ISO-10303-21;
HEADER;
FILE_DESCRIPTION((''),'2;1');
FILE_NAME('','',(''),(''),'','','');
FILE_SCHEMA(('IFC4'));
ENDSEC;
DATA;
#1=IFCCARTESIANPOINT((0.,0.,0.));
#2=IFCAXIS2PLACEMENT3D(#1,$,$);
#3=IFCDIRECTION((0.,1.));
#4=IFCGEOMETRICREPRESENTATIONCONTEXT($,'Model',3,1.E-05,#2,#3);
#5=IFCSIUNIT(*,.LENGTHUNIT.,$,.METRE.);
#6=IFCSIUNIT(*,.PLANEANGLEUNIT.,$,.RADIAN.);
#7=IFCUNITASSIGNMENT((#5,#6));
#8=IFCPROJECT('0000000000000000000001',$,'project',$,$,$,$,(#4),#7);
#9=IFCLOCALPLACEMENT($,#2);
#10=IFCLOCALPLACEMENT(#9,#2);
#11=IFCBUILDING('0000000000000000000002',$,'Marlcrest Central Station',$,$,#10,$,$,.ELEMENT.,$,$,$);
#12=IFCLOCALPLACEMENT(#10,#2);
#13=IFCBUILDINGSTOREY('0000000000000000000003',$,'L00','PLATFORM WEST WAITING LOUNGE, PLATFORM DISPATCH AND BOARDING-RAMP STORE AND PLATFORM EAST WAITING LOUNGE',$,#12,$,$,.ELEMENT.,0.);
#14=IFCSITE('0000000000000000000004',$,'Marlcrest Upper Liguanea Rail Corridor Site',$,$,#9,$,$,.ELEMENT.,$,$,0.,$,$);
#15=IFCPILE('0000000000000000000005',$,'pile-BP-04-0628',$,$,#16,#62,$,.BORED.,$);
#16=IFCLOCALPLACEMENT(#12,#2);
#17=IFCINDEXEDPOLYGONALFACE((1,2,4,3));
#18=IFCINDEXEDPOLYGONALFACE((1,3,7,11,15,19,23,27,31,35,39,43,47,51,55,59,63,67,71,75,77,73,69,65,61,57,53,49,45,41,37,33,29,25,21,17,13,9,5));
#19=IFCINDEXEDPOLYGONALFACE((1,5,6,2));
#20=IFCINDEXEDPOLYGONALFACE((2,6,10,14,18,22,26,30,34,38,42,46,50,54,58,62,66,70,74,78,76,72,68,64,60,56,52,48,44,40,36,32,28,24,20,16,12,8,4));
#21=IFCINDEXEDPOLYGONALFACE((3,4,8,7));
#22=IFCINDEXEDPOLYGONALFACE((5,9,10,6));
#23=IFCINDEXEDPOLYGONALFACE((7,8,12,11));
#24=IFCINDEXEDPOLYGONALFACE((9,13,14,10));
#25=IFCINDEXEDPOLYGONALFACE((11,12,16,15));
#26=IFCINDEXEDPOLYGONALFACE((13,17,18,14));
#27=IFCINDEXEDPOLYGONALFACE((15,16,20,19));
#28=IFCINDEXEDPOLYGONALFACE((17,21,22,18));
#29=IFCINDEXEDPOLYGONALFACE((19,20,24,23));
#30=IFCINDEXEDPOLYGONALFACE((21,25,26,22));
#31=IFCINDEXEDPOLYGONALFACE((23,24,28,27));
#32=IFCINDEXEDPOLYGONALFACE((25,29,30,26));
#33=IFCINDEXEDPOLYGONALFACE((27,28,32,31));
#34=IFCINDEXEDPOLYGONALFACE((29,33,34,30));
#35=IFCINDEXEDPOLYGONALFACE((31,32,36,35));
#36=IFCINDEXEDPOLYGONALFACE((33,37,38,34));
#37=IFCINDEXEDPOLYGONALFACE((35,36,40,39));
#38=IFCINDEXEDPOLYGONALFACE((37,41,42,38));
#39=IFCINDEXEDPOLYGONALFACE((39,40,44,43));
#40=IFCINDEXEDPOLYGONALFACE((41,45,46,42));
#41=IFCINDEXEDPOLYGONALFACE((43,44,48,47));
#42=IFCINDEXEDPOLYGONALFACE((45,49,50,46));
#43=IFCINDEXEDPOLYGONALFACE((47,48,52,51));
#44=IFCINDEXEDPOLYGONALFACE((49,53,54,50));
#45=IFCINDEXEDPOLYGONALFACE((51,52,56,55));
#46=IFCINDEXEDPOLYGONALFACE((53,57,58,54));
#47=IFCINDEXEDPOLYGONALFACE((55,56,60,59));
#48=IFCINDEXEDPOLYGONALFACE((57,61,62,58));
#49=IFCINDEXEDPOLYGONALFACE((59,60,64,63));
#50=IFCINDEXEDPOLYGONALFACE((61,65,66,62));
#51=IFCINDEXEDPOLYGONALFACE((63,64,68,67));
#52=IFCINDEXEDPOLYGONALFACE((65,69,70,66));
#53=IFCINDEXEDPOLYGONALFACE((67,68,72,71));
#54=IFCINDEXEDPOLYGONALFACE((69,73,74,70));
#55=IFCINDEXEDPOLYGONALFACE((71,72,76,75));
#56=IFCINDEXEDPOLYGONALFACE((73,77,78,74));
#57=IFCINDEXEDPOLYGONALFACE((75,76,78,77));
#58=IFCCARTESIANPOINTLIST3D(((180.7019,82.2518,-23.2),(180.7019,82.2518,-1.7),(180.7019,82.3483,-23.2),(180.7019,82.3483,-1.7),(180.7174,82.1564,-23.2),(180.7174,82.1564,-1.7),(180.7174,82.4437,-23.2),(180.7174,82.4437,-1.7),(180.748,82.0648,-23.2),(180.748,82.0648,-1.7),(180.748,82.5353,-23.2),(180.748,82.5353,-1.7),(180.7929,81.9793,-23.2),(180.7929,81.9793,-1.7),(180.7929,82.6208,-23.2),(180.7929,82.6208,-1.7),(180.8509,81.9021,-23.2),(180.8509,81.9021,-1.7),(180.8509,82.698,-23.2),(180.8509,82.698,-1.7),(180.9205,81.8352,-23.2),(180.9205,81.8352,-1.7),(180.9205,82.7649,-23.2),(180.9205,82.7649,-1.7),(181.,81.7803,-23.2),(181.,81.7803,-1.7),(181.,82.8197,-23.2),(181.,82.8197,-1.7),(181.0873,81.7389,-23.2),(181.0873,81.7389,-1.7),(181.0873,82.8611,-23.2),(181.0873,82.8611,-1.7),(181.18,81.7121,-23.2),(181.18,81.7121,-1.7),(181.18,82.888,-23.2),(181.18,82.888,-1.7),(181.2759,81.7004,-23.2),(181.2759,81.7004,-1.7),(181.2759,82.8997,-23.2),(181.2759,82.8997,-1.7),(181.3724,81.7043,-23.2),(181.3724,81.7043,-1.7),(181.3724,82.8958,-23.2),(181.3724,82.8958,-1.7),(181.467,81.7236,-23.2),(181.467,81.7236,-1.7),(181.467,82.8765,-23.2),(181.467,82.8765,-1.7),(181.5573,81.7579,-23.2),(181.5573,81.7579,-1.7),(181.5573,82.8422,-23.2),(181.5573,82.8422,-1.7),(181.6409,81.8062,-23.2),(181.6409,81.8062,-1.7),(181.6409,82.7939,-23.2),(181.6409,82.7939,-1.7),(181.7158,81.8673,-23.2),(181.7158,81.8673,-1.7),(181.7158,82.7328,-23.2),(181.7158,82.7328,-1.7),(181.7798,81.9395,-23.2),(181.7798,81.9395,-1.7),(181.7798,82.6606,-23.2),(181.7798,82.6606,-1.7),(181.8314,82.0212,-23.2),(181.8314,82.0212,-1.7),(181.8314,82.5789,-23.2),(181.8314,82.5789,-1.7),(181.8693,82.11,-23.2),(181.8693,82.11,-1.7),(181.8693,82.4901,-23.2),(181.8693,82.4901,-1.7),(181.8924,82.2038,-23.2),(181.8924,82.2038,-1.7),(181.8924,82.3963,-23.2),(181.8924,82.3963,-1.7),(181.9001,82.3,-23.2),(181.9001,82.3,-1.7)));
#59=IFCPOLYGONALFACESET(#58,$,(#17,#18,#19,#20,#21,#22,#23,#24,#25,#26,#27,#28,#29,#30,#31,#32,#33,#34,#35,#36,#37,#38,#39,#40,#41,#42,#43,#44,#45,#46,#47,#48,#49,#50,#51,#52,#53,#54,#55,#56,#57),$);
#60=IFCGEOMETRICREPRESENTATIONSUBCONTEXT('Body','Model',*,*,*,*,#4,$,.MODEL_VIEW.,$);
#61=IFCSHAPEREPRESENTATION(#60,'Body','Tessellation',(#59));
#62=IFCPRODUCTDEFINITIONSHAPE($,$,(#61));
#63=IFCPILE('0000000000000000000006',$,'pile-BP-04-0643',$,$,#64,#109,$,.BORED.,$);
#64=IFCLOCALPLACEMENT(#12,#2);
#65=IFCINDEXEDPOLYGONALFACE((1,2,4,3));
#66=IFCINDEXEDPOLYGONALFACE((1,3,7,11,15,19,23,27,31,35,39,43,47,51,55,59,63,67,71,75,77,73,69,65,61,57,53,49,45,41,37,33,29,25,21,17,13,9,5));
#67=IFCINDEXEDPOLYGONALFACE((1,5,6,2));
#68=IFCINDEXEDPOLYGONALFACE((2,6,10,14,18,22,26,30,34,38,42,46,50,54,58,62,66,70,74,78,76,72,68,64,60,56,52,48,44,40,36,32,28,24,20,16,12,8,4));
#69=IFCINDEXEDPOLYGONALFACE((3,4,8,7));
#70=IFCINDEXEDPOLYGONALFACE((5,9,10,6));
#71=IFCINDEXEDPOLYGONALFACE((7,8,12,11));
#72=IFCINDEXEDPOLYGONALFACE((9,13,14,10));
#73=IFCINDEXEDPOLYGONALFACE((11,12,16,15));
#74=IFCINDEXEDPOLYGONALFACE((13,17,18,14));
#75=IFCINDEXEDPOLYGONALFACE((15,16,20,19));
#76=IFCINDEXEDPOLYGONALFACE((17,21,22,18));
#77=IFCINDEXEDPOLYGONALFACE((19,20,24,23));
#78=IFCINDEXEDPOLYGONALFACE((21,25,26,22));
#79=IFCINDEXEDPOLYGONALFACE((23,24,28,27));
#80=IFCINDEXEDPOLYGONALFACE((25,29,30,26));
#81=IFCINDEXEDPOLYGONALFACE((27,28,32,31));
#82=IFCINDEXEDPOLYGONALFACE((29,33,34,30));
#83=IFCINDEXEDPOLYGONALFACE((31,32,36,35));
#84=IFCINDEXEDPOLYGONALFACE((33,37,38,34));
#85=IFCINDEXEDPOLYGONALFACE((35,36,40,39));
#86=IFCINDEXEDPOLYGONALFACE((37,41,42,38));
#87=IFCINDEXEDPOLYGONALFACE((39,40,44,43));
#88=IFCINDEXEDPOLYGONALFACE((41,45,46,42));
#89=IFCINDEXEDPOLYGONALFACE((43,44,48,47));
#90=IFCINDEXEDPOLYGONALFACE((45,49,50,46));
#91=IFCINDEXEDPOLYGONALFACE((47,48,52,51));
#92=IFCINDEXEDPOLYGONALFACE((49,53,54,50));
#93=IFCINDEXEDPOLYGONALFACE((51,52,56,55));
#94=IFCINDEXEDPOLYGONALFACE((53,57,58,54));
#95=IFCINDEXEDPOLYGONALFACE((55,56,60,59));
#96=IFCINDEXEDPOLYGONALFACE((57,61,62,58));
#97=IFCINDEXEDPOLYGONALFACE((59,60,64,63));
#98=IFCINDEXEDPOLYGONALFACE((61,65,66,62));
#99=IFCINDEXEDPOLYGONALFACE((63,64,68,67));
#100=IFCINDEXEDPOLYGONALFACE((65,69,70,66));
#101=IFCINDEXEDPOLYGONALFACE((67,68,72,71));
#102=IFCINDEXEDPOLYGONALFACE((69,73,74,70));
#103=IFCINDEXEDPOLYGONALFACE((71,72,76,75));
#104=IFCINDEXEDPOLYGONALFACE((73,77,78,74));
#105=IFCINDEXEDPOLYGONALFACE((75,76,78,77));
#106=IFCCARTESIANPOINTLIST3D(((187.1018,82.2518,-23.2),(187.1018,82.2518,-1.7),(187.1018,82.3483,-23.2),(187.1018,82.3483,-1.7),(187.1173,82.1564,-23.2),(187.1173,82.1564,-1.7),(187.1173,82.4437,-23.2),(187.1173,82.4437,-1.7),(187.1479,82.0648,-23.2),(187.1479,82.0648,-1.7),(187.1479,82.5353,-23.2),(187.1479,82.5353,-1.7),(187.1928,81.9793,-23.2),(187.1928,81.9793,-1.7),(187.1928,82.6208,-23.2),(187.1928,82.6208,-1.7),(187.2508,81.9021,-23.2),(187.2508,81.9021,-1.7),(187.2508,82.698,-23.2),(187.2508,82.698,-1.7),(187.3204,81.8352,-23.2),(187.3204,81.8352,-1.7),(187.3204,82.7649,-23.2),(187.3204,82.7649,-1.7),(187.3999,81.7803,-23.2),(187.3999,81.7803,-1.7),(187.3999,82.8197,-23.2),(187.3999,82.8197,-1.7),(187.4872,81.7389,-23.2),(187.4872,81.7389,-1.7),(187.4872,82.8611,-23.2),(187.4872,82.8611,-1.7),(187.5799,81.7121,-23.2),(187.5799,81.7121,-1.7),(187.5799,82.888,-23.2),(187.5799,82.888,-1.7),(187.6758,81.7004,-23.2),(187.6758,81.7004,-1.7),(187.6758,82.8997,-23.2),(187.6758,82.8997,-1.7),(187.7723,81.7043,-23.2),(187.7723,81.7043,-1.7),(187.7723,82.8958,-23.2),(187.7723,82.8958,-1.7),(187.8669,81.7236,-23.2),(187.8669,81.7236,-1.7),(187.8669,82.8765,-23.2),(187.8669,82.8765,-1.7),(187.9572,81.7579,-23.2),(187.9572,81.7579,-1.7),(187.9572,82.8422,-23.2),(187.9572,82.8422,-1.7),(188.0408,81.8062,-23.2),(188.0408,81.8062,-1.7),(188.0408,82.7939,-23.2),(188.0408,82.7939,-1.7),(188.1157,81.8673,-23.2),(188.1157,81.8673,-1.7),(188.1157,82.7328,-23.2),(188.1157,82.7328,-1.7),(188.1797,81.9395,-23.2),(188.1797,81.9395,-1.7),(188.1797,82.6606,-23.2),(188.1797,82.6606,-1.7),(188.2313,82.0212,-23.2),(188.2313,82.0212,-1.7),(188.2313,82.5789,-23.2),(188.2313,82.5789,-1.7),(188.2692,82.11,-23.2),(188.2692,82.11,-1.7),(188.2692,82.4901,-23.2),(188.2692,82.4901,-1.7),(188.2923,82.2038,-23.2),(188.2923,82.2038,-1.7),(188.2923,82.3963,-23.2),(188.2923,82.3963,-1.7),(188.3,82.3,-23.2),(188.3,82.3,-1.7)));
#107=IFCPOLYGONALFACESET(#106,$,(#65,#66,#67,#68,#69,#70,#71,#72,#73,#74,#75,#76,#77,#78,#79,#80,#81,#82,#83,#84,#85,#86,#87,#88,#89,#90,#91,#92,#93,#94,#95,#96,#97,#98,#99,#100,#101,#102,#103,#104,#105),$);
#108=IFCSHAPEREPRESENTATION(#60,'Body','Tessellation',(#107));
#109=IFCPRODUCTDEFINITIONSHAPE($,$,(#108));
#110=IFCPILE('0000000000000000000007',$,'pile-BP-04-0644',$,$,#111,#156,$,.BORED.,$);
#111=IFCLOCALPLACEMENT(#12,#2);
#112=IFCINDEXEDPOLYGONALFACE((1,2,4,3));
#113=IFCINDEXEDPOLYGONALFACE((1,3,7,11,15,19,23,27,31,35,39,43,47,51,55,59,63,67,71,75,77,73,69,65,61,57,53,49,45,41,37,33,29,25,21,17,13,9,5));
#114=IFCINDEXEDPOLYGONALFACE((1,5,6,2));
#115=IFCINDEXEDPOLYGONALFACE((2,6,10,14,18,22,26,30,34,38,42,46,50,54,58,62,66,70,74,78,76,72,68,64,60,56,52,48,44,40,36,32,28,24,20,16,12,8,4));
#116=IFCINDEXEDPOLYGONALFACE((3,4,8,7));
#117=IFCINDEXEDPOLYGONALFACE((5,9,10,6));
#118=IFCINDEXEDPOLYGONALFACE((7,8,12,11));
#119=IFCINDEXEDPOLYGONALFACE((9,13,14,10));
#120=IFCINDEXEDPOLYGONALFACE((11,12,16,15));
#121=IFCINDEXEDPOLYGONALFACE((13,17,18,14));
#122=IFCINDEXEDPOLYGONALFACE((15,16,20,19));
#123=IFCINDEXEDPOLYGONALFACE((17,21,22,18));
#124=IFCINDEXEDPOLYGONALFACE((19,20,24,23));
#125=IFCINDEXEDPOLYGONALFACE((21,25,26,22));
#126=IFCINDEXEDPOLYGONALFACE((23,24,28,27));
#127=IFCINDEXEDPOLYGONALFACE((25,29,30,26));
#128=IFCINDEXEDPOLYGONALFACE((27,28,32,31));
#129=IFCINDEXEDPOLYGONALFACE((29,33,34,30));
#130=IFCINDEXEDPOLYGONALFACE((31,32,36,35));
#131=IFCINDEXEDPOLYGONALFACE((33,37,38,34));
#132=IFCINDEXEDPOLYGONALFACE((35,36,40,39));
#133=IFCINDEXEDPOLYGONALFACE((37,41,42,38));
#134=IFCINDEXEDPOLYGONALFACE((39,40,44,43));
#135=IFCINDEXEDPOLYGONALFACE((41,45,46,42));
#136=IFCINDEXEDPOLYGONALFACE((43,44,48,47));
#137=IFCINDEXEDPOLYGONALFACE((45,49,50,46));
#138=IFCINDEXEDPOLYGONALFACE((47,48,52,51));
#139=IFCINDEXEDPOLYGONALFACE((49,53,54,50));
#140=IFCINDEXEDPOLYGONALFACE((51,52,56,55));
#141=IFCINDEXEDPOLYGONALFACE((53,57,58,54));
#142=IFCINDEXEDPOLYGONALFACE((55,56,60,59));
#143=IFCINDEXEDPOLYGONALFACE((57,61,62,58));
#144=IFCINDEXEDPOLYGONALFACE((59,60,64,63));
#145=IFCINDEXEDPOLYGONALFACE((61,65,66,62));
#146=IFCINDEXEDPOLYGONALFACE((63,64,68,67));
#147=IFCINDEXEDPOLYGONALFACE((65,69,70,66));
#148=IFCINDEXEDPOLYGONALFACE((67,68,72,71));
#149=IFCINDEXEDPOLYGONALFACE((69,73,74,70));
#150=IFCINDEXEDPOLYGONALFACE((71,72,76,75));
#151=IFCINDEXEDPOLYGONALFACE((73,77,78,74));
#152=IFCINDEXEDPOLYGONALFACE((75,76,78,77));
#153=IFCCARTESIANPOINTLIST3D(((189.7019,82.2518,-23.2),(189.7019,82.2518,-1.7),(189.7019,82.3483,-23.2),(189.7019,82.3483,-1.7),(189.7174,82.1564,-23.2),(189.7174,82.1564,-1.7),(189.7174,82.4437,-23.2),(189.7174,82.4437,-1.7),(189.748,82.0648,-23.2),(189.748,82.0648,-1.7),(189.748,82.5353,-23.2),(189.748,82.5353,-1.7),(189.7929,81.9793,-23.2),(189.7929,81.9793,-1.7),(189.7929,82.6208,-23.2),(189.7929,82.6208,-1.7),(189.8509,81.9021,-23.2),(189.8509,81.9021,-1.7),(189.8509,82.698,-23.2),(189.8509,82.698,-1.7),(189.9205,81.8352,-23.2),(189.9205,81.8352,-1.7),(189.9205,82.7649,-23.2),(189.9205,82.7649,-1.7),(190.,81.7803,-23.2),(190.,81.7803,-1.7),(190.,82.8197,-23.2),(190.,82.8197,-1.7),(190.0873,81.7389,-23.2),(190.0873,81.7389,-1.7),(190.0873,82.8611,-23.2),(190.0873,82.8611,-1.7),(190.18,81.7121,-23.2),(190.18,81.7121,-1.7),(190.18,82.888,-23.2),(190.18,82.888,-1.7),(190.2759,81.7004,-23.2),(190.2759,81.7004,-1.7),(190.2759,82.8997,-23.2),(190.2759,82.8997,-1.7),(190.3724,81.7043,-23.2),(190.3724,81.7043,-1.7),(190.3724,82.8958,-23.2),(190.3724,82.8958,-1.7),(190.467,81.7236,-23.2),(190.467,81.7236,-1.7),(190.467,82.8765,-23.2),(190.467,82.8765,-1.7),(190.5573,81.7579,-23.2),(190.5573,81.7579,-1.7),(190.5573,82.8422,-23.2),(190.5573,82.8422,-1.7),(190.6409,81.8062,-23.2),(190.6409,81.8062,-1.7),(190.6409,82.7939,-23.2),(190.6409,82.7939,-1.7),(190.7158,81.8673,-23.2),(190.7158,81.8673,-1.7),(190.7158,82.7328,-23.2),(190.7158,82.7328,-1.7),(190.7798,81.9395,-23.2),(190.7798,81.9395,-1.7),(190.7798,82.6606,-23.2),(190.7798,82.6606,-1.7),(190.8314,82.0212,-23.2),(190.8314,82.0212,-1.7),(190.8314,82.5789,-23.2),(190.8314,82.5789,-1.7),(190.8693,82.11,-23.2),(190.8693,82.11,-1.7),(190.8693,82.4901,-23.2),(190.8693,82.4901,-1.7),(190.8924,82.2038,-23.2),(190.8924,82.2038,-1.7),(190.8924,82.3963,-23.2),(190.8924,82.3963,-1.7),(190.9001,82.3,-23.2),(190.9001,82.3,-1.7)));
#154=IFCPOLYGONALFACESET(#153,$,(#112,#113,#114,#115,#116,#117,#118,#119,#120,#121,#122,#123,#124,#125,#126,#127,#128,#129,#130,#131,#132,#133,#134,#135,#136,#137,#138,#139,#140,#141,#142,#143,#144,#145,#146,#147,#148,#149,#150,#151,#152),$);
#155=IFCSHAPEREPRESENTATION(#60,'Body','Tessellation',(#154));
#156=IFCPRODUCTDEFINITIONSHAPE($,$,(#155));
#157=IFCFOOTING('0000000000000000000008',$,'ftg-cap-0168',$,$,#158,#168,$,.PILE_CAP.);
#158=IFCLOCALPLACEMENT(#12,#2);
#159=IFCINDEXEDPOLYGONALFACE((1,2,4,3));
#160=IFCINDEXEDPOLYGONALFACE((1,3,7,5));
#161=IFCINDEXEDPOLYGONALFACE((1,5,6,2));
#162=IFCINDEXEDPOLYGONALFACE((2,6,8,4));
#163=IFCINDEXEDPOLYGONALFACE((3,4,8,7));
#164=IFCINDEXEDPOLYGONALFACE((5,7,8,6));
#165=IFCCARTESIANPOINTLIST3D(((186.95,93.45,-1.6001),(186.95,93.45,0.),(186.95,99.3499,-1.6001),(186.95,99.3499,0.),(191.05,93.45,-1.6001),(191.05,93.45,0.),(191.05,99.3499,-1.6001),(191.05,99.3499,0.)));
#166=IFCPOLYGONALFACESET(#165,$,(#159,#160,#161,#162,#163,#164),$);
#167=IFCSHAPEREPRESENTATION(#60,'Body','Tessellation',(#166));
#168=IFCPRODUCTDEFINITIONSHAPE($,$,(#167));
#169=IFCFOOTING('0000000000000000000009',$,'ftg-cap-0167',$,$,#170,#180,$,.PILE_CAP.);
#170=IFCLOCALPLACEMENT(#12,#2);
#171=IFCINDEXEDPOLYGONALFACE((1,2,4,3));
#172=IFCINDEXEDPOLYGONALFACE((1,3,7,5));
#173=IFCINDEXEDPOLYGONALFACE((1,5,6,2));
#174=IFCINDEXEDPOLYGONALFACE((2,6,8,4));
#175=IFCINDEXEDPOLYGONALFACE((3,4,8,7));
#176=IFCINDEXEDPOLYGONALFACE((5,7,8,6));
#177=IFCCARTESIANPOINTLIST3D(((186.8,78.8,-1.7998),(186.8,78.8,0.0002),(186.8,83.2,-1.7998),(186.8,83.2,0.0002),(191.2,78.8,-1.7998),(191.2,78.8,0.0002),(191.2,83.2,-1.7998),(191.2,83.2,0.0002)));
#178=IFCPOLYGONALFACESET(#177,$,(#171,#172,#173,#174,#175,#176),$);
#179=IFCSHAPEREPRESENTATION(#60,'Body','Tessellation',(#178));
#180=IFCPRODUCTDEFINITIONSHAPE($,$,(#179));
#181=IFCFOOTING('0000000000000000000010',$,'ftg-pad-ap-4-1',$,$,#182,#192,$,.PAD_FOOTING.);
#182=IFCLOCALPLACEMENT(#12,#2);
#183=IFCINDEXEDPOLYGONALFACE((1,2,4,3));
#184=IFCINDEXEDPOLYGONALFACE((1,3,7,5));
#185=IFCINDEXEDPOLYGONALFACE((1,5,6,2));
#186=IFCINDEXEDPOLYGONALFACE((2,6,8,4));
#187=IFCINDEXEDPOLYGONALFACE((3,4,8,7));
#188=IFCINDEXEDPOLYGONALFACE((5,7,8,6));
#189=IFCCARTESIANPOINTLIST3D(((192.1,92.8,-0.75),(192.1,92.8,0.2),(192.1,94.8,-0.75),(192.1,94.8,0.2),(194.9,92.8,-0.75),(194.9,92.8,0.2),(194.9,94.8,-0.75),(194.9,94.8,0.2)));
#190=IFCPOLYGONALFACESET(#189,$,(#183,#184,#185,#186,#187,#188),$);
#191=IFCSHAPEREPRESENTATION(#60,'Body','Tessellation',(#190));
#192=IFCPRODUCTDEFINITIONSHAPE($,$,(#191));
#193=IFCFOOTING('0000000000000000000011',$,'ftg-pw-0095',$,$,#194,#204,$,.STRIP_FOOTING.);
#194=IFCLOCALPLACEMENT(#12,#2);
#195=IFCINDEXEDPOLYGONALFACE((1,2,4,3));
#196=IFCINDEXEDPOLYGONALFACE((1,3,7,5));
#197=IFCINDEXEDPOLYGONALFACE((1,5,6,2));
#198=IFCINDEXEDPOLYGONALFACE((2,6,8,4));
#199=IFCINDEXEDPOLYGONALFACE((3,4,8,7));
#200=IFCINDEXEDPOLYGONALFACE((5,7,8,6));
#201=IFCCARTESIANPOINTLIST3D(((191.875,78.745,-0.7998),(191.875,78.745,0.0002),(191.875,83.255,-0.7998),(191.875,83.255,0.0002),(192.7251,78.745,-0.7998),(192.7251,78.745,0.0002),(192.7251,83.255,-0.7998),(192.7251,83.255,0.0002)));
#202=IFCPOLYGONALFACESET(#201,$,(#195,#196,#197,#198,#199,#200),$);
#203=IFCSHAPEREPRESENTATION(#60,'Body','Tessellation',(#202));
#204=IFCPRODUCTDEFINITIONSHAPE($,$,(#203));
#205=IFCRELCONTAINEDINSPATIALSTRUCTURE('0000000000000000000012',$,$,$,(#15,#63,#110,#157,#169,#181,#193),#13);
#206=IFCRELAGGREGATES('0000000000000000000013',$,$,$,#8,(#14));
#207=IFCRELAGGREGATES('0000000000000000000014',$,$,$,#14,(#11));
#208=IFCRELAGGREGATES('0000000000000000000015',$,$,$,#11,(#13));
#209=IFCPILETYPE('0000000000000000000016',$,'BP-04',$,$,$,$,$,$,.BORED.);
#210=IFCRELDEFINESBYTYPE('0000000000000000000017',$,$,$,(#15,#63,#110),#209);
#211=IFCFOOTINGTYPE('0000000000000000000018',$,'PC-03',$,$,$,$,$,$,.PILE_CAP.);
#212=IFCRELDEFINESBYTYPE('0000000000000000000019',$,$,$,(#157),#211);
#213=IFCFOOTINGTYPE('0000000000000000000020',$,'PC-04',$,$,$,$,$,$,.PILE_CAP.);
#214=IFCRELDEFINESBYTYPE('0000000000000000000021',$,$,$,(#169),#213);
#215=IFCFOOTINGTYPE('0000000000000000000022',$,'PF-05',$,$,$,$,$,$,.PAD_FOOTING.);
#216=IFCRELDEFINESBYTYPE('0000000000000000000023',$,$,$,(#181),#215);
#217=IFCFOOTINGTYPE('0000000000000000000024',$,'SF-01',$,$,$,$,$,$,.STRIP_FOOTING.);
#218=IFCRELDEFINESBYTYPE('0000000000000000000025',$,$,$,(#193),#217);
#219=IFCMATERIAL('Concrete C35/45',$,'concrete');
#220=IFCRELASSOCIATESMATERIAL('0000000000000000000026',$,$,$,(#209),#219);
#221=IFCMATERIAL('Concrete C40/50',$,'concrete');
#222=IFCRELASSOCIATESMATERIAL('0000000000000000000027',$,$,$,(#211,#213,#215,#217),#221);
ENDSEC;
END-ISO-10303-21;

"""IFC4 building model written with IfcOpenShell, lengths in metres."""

from ifc_helpers import new_model, si_unit, direction, frame, origin, origin_2d, place, context, subcontext, project, spatial, rectangle, circle, extrude, material, material_profile, profile_set, type_object, element, save


model = new_model("IFC4")

# Units and contexts
model_context = context("Model", 3, precision=1e-05, world=origin(), true_north=direction((0.0, 1.0)))
body_context = subcontext(model_context, "Body", "Model", "MODEL_VIEW")
ifc_project = project(units=[si_unit("LENGTHUNIT", "METRE"), si_unit("PLANEANGLEUNIT", "RADIAN")], contexts=[model_context])

# Site, building, storey
site_placement = place(None, origin())
site = spatial("IfcSite", under=ifc_project, at=site_placement, Name="Marlcrest Upper Liguanea Rail Corridor Site", CompositionType="ELEMENT", RefElevation=0.0)
building_placement = place(site_placement, origin())
building = spatial("IfcBuilding", under=site, at=building_placement, Name="Marlcrest Central Station", CompositionType="ELEMENT")
storey_placement = place(building_placement, origin())
storey = spatial("IfcBuildingStorey", under=building, at=storey_placement, Name="L00", Description="PLATFORM WEST WAITING LOUNGE, PLATFORM DISPATCH AND BOARDING-RAMP STORE AND PLATFORM EAST WAITING LOUNGE", CompositionType="ELEMENT", Elevation=0.0)

# Piles
ifc_material_1 = material(Name="Concrete C35/45", Category="concrete")
ifc_material_profile_1 = material_profile(ifc_material_1, circle(Radius=0.6001, at=origin_2d()), Name="PILE D1200")
ifc_profile_set_1 = profile_set([ifc_material_profile_1], Name="Concrete C35/45")
pile_type_1 = type_object("IfcPileType", Name="BP-04", PredefinedType="BORED", material=ifc_profile_set_1)
for number, where, z_axis, x_axis, name in (
    (1, (181.3, 82.3, -1.7), (0.0, 0.0, -1.0), (1.0, 0.0, 0.0), "pile-BP-04-0628"),
    (2, (187.7, 82.3, -1.7), (0.0, 0.0, -1.0), (1.0, 0.0, 0.0), "pile-BP-04-0643"),
    (3, (190.3, 82.3, -1.7), (0.0, 0.0, -1.0), (1.0, 0.0, 0.0), "pile-BP-04-0644"),
):
    element("IfcPile", number, at=place(storey_placement, frame(where, z_axis=z_axis, x_axis=x_axis)), inside=storey, type_object=pile_type_1, Name=name, PredefinedType="BORED", context=body_context, shape_type="SweptSolid", body=[
        extrude(circle(Radius=0.6001, at=origin_2d()), origin(), (0.0, 0.0, 1.0), 21.5),
    ])

# Footings
ifc_material_2 = material(Name="Concrete C40/50", Category="concrete")
footing_type_1 = type_object("IfcFootingType", Name="PC-03", PredefinedType="PILE_CAP", material=ifc_material_2)
footing_1_placement = place(storey_placement, frame((189.0, 96.3999, -1.6001), z_axis=(0.0, 0.0, 1.0), x_axis=(1.0, 0.0, 0.0)))
element("IfcFooting", 4, at=footing_1_placement, inside=storey, type_object=footing_type_1, Name="ftg-cap-0168", PredefinedType="PILE_CAP", context=body_context, shape_type="SweptSolid", body=[
    extrude(rectangle(XDim=4.1001, YDim=5.8999, at=origin_2d()), origin(), (0.0, 0.0, 1.0), 1.6001),
])
footing_type_2 = type_object("IfcFootingType", Name="PC-04", PredefinedType="PILE_CAP", material=ifc_material_2)
footing_2_placement = place(storey_placement, frame((189.0, 81.0, -1.7998), z_axis=(0.0, 0.0, 1.0), x_axis=(1.0, 0.0, 0.0)))
element("IfcFooting", 5, at=footing_2_placement, inside=storey, type_object=footing_type_2, Name="ftg-cap-0167", PredefinedType="PILE_CAP", context=body_context, shape_type="SweptSolid", body=[
    extrude(rectangle(XDim=4.3999, YDim=4.3999, at=origin_2d()), origin(), (0.0, 0.0, 1.0), 1.8),
])
footing_type_3 = type_object("IfcFootingType", Name="PF-05", PredefinedType="PAD_FOOTING", material=ifc_material_2)
footing_3_placement = place(storey_placement, frame((193.5, 93.8, -0.75), z_axis=(0.0, 0.0, 1.0), x_axis=(1.0, 0.0, 0.0)))
element("IfcFooting", 6, at=footing_3_placement, inside=storey, type_object=footing_type_3, Name="ftg-pad-ap-4-1", PredefinedType="PAD_FOOTING", context=body_context, shape_type="SweptSolid", body=[
    extrude(rectangle(XDim=2.8, YDim=2.0, at=origin_2d()), origin(), (0.0, 0.0, 1.0), 0.95),
])
footing_type_4 = type_object("IfcFootingType", Name="SF-01", PredefinedType="STRIP_FOOTING", material=ifc_material_2)
footing_4_placement = place(storey_placement, frame((192.3, 81.0, -0.7998), z_axis=(0.0, 0.0, 1.0), x_axis=(1.0, 0.0, 0.0)))
element("IfcFooting", 7, at=footing_4_placement, inside=storey, type_object=footing_type_4, Name="ftg-pw-0095", PredefinedType="STRIP_FOOTING", context=body_context, shape_type="SweptSolid", body=[
    extrude(rectangle(XDim=0.8501, YDim=4.51, at=origin_2d()), origin(), (0.0, 0.0, 1.0), 0.8),
])

save(model, "model.ifc")
